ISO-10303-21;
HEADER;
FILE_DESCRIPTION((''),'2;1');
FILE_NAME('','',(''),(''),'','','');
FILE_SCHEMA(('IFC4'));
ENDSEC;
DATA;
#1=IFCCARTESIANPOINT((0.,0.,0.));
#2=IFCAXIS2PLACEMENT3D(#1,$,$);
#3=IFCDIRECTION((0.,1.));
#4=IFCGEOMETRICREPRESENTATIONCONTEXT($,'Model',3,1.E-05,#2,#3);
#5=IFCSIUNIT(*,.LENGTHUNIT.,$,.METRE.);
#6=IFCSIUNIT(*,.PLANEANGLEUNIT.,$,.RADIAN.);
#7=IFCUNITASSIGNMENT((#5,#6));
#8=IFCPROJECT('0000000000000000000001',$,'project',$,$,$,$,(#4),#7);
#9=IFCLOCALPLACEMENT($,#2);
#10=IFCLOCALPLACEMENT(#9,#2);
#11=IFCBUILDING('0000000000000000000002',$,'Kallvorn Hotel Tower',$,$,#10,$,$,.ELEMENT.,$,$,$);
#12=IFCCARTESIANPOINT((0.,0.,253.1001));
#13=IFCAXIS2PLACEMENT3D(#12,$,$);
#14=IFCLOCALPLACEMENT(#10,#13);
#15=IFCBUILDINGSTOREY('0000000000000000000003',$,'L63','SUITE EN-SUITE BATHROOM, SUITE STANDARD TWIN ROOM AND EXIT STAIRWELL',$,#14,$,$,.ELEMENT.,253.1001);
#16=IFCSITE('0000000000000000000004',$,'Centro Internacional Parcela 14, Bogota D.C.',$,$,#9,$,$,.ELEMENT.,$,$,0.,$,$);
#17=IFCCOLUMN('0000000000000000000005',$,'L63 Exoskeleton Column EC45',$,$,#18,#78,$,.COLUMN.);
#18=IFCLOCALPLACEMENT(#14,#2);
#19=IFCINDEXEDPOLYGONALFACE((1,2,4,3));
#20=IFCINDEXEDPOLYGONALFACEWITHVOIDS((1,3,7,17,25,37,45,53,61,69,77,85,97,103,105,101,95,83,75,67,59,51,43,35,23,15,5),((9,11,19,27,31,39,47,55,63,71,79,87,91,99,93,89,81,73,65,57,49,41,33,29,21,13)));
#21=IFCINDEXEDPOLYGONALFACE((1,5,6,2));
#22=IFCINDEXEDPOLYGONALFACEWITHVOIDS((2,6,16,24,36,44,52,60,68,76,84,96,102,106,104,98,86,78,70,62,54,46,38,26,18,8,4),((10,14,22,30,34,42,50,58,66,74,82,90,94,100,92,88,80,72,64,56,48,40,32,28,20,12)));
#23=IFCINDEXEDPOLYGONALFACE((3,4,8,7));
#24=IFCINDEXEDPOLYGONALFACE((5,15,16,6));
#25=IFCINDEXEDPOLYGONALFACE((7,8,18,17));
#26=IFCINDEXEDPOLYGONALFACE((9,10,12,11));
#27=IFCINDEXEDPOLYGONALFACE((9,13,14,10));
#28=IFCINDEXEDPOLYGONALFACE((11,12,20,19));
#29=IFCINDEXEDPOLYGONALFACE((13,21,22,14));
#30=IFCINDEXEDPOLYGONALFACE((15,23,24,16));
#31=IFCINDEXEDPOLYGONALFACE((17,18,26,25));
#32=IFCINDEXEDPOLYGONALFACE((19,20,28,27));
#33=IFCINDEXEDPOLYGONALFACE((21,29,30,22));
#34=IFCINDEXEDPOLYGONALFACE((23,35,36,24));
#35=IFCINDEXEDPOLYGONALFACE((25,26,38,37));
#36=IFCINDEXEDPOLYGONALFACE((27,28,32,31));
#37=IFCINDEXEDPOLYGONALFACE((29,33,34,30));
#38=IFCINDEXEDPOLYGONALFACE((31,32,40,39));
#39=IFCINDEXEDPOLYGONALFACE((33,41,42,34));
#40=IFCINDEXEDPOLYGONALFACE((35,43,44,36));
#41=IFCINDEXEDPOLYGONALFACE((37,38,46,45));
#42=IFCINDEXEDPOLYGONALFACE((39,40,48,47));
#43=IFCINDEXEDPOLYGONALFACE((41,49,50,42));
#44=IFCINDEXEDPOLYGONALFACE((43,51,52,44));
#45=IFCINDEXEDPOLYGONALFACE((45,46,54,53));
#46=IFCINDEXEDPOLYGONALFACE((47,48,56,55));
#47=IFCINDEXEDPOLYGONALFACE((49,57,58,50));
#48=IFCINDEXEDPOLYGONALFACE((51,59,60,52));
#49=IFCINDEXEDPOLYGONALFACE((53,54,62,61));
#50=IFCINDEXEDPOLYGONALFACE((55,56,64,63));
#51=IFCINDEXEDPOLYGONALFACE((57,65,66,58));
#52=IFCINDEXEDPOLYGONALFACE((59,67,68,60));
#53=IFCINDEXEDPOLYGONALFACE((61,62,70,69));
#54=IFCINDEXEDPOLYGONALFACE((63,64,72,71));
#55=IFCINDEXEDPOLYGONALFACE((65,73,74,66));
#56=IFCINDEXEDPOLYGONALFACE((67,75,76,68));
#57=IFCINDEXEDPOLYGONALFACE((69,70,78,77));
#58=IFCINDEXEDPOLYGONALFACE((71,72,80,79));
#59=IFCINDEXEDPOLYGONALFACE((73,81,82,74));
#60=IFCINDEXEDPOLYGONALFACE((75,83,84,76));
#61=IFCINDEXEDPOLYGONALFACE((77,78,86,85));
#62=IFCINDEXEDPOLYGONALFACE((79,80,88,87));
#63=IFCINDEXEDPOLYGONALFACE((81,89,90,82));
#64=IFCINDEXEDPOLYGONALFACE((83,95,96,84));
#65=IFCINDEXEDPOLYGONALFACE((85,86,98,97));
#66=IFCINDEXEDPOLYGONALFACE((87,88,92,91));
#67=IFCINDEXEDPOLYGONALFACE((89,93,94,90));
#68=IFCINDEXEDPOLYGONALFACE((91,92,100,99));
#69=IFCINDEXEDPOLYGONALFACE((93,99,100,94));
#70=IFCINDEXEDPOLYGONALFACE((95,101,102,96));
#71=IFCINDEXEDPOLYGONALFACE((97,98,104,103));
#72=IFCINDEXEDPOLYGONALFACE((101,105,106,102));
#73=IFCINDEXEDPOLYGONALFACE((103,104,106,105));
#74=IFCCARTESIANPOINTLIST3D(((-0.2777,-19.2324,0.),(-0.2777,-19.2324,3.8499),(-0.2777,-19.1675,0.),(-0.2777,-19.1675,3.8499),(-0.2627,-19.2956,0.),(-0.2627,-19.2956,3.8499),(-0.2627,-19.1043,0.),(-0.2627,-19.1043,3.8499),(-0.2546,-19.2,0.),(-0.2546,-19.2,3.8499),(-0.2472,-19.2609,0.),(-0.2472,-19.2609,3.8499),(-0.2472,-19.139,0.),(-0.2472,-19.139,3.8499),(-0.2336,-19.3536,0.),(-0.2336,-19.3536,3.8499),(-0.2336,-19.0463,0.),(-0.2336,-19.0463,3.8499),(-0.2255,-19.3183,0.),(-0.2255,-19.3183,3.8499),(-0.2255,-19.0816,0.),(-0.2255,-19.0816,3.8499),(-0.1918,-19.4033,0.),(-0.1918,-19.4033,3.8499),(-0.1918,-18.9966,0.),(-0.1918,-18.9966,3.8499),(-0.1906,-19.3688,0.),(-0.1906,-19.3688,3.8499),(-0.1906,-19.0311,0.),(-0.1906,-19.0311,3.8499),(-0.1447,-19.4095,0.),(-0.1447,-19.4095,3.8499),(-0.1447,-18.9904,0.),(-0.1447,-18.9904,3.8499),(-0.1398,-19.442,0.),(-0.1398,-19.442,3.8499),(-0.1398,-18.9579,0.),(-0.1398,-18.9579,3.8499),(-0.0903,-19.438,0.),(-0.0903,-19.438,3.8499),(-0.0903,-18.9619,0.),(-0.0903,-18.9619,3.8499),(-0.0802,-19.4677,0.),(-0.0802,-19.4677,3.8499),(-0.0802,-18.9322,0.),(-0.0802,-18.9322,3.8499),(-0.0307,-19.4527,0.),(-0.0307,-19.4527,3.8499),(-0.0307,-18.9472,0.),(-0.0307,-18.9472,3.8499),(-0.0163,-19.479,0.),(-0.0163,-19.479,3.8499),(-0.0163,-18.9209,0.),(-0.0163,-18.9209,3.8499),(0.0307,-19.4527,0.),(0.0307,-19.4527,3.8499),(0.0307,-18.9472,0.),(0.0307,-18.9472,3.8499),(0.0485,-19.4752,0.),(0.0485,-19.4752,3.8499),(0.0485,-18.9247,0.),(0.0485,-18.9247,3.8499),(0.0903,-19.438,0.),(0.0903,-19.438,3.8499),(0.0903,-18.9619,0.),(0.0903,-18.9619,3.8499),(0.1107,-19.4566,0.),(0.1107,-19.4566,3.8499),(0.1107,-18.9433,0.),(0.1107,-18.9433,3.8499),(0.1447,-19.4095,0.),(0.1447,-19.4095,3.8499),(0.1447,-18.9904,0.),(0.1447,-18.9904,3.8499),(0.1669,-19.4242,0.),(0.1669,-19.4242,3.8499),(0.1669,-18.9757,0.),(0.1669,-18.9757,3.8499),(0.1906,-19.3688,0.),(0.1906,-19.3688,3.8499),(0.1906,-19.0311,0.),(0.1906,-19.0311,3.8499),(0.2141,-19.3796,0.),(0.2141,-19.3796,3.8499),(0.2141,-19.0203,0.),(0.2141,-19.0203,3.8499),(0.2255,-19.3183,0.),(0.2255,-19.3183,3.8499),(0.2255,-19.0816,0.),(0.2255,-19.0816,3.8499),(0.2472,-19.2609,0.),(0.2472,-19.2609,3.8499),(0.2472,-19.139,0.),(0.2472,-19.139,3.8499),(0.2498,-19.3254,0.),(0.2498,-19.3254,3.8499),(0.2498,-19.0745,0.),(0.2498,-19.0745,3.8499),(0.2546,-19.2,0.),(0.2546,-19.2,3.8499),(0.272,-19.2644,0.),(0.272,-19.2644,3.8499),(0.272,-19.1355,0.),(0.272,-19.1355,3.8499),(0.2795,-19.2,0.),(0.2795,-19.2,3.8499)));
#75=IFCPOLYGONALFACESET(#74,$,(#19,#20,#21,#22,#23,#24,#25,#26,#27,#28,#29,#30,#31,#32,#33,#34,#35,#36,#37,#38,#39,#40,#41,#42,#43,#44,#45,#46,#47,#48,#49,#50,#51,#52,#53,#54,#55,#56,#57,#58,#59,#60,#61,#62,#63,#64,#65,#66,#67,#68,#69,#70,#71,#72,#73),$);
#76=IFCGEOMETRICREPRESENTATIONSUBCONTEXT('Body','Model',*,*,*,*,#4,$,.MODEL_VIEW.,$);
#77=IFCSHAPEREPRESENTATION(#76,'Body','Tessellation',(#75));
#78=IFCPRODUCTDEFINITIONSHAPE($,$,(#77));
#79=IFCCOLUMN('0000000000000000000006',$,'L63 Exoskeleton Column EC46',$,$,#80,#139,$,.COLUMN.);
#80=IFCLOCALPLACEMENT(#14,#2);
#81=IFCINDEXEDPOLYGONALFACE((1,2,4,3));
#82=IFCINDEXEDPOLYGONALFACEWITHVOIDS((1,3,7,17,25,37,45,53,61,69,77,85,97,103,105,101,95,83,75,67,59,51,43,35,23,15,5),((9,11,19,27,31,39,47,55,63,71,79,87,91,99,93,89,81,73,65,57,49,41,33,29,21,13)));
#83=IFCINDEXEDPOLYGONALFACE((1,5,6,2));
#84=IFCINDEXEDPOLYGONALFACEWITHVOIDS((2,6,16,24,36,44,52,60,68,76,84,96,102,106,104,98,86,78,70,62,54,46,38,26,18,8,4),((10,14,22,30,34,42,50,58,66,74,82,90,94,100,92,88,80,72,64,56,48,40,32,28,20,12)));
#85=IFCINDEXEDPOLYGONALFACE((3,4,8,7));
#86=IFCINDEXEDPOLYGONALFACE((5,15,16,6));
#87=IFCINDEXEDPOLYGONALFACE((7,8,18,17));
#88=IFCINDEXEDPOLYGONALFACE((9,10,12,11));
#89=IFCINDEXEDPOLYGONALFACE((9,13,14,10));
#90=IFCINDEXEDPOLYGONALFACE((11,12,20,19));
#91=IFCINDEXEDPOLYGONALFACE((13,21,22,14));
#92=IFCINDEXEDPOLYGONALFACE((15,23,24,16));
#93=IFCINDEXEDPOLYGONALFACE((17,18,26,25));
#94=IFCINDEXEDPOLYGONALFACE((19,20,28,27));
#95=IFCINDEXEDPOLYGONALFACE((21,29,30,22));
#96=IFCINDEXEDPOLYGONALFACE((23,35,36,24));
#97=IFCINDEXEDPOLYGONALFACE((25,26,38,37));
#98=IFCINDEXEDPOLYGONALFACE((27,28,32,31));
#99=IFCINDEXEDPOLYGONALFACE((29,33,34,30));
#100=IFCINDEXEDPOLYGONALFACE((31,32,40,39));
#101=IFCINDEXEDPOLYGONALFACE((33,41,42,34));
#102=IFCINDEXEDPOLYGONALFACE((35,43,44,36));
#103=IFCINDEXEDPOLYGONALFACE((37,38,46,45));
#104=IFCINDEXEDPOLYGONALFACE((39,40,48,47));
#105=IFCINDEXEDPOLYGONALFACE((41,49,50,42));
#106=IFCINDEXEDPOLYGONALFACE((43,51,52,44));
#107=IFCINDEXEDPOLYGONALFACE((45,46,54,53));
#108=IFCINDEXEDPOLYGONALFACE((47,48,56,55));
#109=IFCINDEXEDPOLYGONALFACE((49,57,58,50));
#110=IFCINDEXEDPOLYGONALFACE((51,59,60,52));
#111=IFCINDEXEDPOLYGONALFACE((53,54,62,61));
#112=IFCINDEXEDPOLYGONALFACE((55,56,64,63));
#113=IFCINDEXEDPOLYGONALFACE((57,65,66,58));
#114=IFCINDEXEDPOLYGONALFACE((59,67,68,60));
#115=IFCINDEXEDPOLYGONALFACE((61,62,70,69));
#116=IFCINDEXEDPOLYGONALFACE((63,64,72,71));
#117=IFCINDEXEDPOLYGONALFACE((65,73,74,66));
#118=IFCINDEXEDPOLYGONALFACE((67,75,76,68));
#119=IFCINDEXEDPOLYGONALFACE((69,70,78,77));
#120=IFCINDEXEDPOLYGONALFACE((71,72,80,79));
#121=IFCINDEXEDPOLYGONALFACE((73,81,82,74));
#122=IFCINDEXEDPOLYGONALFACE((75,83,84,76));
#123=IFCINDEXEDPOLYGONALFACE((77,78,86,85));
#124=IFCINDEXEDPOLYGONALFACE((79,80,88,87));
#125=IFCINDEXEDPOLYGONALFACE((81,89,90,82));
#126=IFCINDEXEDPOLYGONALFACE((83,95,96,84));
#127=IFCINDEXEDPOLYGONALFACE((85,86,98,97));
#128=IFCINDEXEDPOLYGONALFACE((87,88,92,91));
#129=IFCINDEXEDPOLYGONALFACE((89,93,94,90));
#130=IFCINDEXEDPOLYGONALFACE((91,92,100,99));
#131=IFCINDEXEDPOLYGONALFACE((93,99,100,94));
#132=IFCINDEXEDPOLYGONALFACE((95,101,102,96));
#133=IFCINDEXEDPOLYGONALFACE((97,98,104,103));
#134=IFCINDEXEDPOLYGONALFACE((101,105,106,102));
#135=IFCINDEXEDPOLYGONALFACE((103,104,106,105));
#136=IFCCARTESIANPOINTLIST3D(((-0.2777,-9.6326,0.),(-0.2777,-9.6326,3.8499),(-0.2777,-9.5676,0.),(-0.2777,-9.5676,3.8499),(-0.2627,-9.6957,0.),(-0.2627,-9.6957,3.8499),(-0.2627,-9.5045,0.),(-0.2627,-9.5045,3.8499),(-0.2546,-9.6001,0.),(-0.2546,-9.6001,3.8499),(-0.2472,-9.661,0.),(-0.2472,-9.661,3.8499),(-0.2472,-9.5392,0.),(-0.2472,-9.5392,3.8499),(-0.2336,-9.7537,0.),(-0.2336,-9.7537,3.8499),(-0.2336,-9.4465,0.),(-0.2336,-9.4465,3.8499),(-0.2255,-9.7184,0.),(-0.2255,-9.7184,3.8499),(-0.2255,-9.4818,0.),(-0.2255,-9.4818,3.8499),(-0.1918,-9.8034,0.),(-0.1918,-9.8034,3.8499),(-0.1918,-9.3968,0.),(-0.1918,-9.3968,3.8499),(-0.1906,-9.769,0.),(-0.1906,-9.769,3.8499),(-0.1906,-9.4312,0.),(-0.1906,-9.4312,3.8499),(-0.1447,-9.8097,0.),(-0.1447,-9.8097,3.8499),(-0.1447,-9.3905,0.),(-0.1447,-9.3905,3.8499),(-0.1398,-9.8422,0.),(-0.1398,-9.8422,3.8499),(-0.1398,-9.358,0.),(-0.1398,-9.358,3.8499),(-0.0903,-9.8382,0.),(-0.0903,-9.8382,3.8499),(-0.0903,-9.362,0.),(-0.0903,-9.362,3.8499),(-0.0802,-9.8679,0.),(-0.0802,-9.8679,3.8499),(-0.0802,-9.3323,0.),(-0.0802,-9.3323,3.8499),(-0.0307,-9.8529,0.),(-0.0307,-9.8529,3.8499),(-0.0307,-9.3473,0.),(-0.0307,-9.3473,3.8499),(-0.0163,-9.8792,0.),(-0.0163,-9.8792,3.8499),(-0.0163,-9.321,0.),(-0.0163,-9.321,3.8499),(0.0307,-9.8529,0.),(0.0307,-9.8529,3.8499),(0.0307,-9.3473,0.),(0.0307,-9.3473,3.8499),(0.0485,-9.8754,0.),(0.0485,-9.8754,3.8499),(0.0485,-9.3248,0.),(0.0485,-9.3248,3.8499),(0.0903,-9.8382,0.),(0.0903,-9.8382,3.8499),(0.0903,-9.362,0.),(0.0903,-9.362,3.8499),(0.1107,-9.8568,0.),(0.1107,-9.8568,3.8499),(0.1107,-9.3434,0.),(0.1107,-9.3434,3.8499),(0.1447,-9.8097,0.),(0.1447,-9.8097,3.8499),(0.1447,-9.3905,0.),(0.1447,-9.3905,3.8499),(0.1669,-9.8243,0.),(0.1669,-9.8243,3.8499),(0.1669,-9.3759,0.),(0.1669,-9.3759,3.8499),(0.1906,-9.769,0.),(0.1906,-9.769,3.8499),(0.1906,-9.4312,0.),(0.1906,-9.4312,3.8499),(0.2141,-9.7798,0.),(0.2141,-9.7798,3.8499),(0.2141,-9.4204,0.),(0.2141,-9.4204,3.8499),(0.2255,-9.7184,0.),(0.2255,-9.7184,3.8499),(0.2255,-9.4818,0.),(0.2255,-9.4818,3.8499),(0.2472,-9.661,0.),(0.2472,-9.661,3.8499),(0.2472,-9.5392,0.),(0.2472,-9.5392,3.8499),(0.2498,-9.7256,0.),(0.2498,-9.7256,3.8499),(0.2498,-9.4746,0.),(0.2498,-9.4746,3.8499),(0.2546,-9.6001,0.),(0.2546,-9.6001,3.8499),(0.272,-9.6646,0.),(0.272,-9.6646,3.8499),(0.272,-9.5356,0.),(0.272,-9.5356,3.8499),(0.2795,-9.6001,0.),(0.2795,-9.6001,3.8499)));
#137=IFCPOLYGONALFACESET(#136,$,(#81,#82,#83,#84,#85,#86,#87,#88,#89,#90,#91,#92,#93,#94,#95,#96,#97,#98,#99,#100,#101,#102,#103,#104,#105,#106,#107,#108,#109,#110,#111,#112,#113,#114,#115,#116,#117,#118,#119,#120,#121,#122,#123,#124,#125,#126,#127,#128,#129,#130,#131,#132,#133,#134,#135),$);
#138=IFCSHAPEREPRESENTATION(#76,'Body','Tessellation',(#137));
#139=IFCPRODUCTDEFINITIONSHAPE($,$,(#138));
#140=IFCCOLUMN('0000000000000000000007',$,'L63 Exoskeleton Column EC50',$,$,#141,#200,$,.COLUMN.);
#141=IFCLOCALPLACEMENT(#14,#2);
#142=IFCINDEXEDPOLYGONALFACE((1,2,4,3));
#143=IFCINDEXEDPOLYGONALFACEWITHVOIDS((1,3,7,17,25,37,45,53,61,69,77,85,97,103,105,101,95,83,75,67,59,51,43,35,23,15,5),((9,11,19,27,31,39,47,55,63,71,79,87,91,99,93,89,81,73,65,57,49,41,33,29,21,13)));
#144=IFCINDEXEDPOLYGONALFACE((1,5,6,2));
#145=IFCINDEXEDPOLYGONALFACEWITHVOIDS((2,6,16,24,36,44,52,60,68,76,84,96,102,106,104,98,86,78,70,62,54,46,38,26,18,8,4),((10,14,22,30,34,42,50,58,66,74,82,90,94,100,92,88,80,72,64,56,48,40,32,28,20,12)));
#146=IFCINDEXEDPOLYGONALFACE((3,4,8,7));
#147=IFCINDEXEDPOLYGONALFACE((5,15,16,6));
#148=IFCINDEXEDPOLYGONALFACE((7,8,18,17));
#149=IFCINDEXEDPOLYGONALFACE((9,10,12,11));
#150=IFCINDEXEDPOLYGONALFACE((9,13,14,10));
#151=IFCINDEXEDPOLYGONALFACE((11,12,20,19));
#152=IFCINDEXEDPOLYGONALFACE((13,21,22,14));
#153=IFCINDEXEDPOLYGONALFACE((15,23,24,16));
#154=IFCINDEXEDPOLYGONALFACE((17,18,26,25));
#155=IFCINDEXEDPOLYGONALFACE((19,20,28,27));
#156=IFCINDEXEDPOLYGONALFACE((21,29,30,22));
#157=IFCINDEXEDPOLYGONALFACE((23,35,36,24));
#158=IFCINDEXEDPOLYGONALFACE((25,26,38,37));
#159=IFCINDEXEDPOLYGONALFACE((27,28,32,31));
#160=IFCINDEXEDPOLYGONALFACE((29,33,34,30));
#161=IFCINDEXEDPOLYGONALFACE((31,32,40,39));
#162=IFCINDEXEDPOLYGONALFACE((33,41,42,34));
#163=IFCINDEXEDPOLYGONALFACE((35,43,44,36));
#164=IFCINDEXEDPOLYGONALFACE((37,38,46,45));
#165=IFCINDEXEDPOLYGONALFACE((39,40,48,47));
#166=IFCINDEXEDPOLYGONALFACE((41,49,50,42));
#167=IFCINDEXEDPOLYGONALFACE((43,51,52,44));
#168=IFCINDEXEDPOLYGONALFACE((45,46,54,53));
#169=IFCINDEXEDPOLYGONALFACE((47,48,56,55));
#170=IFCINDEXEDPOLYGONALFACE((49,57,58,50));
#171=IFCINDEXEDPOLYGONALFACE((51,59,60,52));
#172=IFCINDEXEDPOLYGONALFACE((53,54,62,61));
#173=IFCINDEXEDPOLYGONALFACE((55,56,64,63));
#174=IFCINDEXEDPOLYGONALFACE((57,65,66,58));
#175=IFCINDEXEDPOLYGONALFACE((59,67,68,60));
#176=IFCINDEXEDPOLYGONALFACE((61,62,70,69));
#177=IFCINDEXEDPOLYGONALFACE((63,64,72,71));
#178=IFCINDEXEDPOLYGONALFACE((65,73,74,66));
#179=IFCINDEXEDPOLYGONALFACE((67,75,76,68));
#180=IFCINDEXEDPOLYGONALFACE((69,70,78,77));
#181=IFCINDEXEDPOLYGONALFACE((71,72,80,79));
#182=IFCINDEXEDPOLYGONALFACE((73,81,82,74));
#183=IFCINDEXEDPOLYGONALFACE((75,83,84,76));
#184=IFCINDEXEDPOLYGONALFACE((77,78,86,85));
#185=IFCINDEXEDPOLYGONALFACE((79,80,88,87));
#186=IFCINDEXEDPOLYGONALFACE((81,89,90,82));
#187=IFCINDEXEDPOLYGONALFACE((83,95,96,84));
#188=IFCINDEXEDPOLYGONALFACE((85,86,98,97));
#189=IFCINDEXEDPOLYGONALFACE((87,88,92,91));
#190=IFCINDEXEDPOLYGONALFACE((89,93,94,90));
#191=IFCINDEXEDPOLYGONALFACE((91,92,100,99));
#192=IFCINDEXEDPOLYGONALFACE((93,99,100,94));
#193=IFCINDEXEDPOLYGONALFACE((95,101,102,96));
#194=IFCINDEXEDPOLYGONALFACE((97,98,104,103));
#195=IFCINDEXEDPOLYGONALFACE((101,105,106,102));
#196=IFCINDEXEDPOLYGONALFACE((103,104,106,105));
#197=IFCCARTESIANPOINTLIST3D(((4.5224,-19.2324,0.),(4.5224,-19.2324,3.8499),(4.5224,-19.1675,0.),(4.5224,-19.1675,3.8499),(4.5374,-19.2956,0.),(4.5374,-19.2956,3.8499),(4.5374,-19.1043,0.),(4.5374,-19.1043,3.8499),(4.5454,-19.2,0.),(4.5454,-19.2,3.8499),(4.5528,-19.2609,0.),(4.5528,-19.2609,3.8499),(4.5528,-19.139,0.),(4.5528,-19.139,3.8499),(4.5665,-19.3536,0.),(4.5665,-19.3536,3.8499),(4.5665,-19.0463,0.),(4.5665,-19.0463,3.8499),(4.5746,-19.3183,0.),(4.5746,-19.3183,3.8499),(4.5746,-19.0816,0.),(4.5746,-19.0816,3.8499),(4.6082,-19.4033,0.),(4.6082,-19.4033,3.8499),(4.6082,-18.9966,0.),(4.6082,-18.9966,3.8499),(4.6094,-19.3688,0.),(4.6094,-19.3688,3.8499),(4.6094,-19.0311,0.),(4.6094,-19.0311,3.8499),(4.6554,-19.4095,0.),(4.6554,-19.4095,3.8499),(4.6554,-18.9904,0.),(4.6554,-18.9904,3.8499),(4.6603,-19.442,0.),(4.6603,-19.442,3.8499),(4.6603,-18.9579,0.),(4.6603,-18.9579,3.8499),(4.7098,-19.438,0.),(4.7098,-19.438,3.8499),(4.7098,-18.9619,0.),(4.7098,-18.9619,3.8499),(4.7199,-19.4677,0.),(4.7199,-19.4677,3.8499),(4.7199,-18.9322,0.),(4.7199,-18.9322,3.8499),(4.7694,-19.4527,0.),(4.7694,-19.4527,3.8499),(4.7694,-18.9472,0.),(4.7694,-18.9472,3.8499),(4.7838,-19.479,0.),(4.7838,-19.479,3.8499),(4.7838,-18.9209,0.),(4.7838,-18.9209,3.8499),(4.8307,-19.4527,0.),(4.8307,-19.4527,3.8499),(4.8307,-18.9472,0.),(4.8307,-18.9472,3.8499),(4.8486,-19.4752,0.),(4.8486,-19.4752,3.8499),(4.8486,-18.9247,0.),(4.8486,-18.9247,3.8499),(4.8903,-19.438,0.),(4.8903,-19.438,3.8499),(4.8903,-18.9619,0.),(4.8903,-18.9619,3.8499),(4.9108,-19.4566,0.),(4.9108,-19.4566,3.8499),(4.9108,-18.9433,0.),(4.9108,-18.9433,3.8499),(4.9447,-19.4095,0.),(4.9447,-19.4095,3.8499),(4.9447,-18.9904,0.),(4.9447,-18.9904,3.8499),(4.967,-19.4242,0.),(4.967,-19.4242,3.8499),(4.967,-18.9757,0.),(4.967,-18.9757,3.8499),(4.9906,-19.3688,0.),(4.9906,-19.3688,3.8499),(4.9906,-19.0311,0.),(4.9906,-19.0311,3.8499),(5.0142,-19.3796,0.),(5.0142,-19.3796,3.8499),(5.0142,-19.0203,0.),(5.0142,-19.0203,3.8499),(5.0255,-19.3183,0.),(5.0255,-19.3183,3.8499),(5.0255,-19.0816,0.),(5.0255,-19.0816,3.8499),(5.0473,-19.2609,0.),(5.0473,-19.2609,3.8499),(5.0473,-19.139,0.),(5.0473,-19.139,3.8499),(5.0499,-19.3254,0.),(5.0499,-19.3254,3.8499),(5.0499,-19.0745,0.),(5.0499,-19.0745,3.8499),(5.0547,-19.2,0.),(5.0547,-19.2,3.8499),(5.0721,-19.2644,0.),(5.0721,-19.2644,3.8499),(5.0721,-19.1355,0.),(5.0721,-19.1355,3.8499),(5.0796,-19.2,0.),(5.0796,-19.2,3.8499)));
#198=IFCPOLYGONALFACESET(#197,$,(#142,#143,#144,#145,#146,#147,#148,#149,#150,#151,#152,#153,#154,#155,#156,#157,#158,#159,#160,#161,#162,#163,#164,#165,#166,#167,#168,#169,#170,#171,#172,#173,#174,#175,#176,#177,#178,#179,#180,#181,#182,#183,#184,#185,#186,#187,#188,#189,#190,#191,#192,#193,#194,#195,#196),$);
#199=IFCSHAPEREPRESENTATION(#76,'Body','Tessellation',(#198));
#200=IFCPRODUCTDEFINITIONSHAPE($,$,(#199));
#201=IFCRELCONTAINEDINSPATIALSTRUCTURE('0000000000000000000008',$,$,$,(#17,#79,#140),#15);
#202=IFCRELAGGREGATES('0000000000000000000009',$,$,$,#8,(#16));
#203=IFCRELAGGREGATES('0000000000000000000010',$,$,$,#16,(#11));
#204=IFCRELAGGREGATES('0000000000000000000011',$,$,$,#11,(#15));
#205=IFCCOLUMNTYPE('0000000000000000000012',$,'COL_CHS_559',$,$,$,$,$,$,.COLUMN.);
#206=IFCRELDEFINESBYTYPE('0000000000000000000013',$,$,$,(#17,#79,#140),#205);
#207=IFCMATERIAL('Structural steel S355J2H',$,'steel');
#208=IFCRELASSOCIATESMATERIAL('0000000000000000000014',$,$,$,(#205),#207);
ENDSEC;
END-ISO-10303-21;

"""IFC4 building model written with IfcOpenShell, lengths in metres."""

from ifc_helpers import new_model, si_unit, direction, frame, origin, origin_2d, place, context, subcontext, project, spatial, hollow_circle, extrude, material, material_profile, profile_set, type_object, element, save


model = new_model("IFC4")

# Units and contexts
model_context = context("Model", 3, precision=1e-05, world=origin(), true_north=direction((0.0, 1.0)))
body_context = subcontext(model_context, "Body", "Model", "MODEL_VIEW")
ifc_project = project(units=[si_unit("LENGTHUNIT", "METRE"), si_unit("PLANEANGLEUNIT", "RADIAN")], contexts=[model_context])

# Site, building, storey
site_placement = place(None, origin())
site = spatial("IfcSite", under=ifc_project, at=site_placement, Name="Centro Internacional Parcela 14, Bogota D.C.", CompositionType="ELEMENT", RefElevation=0.0)
building_placement = place(site_placement, origin())
building = spatial("IfcBuilding", under=site, at=building_placement, Name="Kallvorn Hotel Tower", CompositionType="ELEMENT")
storey_placement = place(building_placement, frame((0.0, 0.0, 253.1001)))
storey = spatial("IfcBuildingStorey", under=building, at=storey_placement, Name="L63", Description="SUITE EN-SUITE BATHROOM, SUITE STANDARD TWIN ROOM AND EXIT STAIRWELL", CompositionType="ELEMENT", Elevation=253.1001)

# Columns
ifc_material_1 = material(Name="Structural steel S355J2H", Category="steel")
ifc_material_profile_1 = material_profile(ifc_material_1, hollow_circle(Radius=0.2795, WallThickness=0.0249, at=origin_2d()), Name="CHS 559x25")
ifc_profile_set_1 = profile_set([ifc_material_profile_1], Name="Structural steel S355J2H")
column_type_1 = type_object("IfcColumnType", Name="COL_CHS_559", PredefinedType="COLUMN", material=ifc_profile_set_1)
for number, where, z_axis, x_axis, name in (
    (1, (0.0, -19.2, 0.0), (0.0, 0.0, 1.0), (1.0, 0.0, 0.0), "L63 Exoskeleton Column EC45"),
    (2, (0.0, -9.6001, 0.0), (0.0, 0.0, 1.0), (1.0, 0.0, 0.0), "L63 Exoskeleton Column EC46"),
    (3, (4.8, -19.2, 0.0), (0.0, 0.0, 1.0), (1.0, 0.0, 0.0), "L63 Exoskeleton Column EC50"),
):
    element("IfcColumn", number, at=place(storey_placement, frame(where, z_axis=z_axis, x_axis=x_axis)), inside=storey, type_object=column_type_1, Name=name, PredefinedType="COLUMN", context=body_context, shape_type="SweptSolid", body=[
        extrude(hollow_circle(Radius=0.2795, WallThickness=0.0249, at=origin_2d()), origin(), (0.0, 0.0, 1.0), 3.8499),
    ])

save(model, "model.ifc")
